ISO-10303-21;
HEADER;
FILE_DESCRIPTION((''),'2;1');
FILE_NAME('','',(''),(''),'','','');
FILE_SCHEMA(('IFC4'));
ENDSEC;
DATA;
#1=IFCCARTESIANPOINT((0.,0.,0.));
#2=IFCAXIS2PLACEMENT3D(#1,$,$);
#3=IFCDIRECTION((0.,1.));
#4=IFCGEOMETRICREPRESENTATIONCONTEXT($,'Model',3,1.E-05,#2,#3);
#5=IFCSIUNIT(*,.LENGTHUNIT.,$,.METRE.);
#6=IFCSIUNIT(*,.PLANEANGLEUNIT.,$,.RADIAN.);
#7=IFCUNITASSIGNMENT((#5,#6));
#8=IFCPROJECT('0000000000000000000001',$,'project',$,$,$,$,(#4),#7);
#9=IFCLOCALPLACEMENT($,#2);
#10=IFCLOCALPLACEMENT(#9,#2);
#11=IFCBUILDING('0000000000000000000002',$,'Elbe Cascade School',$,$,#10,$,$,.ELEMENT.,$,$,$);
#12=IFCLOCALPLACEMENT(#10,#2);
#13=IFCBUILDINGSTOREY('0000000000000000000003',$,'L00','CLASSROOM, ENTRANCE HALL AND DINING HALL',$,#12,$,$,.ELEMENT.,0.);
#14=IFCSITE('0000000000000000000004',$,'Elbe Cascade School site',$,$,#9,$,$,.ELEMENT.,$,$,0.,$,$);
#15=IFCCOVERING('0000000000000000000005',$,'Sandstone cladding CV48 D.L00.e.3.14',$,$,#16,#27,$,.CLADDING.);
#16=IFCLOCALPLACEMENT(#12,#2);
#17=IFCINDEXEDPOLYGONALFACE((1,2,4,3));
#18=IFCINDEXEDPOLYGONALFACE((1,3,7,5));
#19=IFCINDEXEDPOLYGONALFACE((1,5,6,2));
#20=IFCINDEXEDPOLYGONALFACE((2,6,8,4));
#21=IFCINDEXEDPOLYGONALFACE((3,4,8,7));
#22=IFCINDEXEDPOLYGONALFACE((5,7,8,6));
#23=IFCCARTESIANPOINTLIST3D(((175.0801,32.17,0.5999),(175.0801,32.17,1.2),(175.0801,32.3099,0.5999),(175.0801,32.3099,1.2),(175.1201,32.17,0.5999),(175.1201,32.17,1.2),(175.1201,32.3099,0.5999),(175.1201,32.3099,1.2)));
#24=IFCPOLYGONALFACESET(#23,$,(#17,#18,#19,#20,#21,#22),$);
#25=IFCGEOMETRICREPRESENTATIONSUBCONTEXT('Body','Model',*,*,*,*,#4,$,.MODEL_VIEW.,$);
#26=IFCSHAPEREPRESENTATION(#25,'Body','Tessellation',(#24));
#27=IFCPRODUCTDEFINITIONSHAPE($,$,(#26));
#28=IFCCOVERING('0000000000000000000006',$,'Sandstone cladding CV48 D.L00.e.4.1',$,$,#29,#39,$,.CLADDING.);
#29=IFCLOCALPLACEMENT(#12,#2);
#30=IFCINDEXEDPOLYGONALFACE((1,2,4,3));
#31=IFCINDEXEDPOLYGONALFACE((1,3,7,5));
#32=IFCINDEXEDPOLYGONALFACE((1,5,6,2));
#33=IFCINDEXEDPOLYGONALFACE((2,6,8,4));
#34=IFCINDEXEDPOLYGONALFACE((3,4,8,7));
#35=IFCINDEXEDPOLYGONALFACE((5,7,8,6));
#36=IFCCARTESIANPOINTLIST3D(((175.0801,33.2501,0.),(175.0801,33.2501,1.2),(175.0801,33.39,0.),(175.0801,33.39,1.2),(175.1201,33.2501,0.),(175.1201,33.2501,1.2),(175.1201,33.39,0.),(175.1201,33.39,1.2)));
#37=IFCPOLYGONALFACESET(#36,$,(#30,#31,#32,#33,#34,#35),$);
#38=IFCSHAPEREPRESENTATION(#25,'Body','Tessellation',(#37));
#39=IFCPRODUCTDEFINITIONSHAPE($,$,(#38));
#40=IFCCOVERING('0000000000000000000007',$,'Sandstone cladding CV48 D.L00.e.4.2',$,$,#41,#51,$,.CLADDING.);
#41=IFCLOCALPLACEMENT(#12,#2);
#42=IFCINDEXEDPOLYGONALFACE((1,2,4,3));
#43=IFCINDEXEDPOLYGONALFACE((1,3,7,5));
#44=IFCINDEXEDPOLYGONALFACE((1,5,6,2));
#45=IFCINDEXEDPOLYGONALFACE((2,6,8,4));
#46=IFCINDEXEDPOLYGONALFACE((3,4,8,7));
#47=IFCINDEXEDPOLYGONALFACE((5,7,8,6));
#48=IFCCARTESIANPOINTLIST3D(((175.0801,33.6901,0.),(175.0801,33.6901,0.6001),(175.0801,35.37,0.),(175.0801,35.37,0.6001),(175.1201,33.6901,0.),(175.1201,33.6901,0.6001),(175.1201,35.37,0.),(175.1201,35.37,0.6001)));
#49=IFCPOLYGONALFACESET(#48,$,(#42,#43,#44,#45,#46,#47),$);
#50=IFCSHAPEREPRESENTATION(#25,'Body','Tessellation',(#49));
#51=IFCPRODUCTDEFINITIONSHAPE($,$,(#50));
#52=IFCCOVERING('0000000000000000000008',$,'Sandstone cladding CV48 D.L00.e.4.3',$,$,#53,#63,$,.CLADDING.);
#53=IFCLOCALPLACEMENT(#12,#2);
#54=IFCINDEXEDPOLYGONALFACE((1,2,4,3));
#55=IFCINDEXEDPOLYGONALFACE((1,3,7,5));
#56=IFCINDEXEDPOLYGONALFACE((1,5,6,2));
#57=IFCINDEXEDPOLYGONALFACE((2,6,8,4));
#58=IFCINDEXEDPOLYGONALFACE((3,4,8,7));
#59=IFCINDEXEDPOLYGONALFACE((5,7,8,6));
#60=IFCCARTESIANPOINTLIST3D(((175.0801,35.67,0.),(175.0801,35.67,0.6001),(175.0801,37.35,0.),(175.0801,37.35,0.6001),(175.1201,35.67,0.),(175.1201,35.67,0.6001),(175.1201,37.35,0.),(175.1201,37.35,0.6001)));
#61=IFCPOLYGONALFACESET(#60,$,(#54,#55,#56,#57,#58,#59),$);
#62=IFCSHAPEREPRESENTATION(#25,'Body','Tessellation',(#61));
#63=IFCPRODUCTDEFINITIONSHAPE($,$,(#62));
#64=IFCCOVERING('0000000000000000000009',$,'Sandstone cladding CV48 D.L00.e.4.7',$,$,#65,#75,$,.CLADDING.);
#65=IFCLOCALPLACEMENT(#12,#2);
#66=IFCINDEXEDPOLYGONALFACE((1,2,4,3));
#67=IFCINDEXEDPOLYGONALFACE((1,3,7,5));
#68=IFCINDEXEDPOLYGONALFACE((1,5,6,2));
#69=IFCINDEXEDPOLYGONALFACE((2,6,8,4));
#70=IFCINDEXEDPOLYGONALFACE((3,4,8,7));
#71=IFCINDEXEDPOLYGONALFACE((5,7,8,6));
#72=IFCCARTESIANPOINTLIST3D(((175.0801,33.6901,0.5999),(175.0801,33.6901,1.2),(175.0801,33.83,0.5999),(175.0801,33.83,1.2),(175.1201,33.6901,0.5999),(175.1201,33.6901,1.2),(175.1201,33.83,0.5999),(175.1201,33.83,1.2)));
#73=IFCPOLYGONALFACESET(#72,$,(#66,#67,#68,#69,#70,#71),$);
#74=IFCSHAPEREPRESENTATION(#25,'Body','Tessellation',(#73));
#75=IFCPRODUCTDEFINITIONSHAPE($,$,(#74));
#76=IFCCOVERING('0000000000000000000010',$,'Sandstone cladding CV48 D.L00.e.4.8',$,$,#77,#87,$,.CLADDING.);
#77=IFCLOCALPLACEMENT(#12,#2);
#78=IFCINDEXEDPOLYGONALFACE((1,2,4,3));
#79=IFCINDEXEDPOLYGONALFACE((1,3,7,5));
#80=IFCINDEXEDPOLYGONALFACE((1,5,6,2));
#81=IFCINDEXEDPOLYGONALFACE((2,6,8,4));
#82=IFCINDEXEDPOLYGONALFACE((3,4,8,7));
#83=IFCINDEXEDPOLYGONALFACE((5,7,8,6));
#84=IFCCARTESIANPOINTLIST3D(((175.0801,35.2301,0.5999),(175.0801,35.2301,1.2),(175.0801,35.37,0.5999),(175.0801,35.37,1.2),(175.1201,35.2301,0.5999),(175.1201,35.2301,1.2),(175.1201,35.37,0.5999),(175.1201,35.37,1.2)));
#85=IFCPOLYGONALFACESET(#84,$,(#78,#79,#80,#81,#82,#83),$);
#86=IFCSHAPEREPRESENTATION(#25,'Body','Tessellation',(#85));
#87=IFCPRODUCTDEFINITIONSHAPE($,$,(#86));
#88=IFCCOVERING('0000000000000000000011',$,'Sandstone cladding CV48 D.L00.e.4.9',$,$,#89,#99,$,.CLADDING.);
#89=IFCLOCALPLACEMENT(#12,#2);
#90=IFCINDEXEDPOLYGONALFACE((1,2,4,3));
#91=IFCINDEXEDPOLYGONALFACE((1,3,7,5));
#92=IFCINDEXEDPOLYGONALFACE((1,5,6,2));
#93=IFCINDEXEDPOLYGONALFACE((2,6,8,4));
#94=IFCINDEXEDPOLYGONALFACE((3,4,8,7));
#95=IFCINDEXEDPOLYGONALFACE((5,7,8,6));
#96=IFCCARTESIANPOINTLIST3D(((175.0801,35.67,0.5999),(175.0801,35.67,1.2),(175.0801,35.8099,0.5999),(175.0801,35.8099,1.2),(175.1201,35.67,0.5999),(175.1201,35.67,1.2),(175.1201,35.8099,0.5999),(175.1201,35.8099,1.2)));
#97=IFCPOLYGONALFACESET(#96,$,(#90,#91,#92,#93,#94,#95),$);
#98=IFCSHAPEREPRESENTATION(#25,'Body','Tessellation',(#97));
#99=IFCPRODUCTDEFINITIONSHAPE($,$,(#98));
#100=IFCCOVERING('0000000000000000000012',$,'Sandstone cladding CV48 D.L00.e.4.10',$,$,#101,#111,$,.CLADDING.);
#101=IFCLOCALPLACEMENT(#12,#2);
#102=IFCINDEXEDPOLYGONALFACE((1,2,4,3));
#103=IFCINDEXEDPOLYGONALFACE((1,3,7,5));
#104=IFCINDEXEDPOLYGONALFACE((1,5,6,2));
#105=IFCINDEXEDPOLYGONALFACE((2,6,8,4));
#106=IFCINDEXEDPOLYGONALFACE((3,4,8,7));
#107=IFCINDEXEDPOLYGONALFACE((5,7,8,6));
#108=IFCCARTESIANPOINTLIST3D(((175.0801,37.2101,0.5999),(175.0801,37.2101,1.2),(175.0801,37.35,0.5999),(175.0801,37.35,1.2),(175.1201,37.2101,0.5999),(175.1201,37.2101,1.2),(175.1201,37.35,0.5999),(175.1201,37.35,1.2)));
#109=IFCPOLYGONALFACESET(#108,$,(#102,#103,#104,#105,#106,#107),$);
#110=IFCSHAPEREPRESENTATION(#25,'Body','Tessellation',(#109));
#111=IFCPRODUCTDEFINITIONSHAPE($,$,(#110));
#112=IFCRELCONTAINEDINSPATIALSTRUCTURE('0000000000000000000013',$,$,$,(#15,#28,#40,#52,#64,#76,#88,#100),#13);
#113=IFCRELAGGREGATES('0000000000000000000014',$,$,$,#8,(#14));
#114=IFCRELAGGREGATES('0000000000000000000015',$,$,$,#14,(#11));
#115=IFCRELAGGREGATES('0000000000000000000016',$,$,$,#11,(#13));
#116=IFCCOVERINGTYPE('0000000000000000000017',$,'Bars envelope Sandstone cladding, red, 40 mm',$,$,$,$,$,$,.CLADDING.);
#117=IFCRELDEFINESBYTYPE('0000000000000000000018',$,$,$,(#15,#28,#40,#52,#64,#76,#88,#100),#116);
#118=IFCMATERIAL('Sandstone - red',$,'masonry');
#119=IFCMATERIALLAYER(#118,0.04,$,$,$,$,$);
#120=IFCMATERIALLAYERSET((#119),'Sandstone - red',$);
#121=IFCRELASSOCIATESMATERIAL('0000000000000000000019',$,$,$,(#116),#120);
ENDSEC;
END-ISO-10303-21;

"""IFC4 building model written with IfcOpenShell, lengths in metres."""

from ifc_helpers import new_model, si_unit, direction, frame, origin, origin_2d, place, context, subcontext, project, spatial, rectangle, extrude, material, layer, layer_set, type_object, element, save


model = new_model("IFC4")

# Units and contexts
model_context = context("Model", 3, precision=1e-05, world=origin(), true_north=direction((0.0, 1.0)))
body_context = subcontext(model_context, "Body", "Model", "MODEL_VIEW")
ifc_project = project(units=[si_unit("LENGTHUNIT", "METRE"), si_unit("PLANEANGLEUNIT", "RADIAN")], contexts=[model_context])

# Site, building, storey
site_placement = place(None, origin())
site = spatial("IfcSite", under=ifc_project, at=site_placement, Name="Elbe Cascade School site", CompositionType="ELEMENT", RefElevation=0.0)
building_placement = place(site_placement, origin())
building = spatial("IfcBuilding", under=site, at=building_placement, Name="Elbe Cascade School", CompositionType="ELEMENT")
storey_placement = place(building_placement, origin())
storey = spatial("IfcBuildingStorey", under=building, at=storey_placement, Name="L00", Description="CLASSROOM, ENTRANCE HALL AND DINING HALL", CompositionType="ELEMENT", Elevation=0.0)

# Coverings
ifc_material_1 = material(Name="Sandstone - red", Category="masonry")
ifc_layer_1 = layer(ifc_material_1, 0.04)
ifc_layer_set_1 = layer_set([ifc_layer_1], Name="Sandstone - red")
covering_type = type_object("IfcCoveringType", Name="Bars envelope Sandstone cladding, red, 40 mm", PredefinedType="CLADDING", material=ifc_layer_set_1)
for number, where, z_axis, x_axis, name in (
    (1, (175.1001, 32.24, 0.5999), (0.0, 0.0, 1.0), (0.0, 1.0, 0.0), "Sandstone cladding CV48 D.L00.e.3.14"),
):
    element("IfcCovering", number, at=place(storey_placement, frame(where, z_axis=z_axis, x_axis=x_axis)), inside=storey, type_object=covering_type, Name=name, PredefinedType="CLADDING", context=body_context, shape_type="SweptSolid", body=[
        extrude(rectangle(XDim=0.1399, YDim=0.04, at=origin_2d()), origin(), (0.0, 0.0, 1.0), 0.6001),
    ])
covering_1_placement = place(storey_placement, frame((175.1001, 33.3201, 0.0), z_axis=(0.0, 0.0, 1.0), x_axis=(0.0, 1.0, 0.0)))
element("IfcCovering", 2, at=covering_1_placement, inside=storey, type_object=covering_type, Name="Sandstone cladding CV48 D.L00.e.4.1", PredefinedType="CLADDING", context=body_context, shape_type="SweptSolid", body=[
    extrude(rectangle(XDim=0.1399, YDim=0.04, at=origin_2d()), origin(), (0.0, 0.0, 1.0), 1.2),
])
for number, where, z_axis, x_axis, name in (
    (3, (175.1001, 34.53, 0.0), (0.0, 0.0, 1.0), (0.0, 1.0, 0.0), "Sandstone cladding CV48 D.L00.e.4.2"),
    (4, (175.1001, 36.51, 0.0), (0.0, 0.0, 1.0), (0.0, 1.0, 0.0), "Sandstone cladding CV48 D.L00.e.4.3"),
):
    element("IfcCovering", number, at=place(storey_placement, frame(where, z_axis=z_axis, x_axis=x_axis)), inside=storey, type_object=covering_type, Name=name, PredefinedType="CLADDING", context=body_context, shape_type="SweptSolid", body=[
        extrude(rectangle(XDim=1.6799, YDim=0.04, at=origin_2d()), origin(), (0.0, 0.0, 1.0), 0.6001),
    ])
for number, where, z_axis, x_axis, name in (
    (5, (175.1001, 33.76, 0.5999), (0.0, 0.0, 1.0), (0.0, 1.0, 0.0), "Sandstone cladding CV48 D.L00.e.4.7"),
    (6, (175.1001, 35.3, 0.5999), (0.0, 0.0, 1.0), (0.0, 1.0, 0.0), "Sandstone cladding CV48 D.L00.e.4.8"),
    (7, (175.1001, 35.74, 0.5999), (0.0, 0.0, 1.0), (0.0, 1.0, 0.0), "Sandstone cladding CV48 D.L00.e.4.9"),
    (8, (175.1001, 37.28, 0.5999), (0.0, 0.0, 1.0), (0.0, 1.0, 0.0), "Sandstone cladding CV48 D.L00.e.4.10"),
):
    element("IfcCovering", number, at=place(storey_placement, frame(where, z_axis=z_axis, x_axis=x_axis)), inside=storey, type_object=covering_type, Name=name, PredefinedType="CLADDING", context=body_context, shape_type="SweptSolid", body=[
        extrude(rectangle(XDim=0.1399, YDim=0.04, at=origin_2d()), origin(), (0.0, 0.0, 1.0), 0.6001),
    ])

save(model, "model.ifc")
